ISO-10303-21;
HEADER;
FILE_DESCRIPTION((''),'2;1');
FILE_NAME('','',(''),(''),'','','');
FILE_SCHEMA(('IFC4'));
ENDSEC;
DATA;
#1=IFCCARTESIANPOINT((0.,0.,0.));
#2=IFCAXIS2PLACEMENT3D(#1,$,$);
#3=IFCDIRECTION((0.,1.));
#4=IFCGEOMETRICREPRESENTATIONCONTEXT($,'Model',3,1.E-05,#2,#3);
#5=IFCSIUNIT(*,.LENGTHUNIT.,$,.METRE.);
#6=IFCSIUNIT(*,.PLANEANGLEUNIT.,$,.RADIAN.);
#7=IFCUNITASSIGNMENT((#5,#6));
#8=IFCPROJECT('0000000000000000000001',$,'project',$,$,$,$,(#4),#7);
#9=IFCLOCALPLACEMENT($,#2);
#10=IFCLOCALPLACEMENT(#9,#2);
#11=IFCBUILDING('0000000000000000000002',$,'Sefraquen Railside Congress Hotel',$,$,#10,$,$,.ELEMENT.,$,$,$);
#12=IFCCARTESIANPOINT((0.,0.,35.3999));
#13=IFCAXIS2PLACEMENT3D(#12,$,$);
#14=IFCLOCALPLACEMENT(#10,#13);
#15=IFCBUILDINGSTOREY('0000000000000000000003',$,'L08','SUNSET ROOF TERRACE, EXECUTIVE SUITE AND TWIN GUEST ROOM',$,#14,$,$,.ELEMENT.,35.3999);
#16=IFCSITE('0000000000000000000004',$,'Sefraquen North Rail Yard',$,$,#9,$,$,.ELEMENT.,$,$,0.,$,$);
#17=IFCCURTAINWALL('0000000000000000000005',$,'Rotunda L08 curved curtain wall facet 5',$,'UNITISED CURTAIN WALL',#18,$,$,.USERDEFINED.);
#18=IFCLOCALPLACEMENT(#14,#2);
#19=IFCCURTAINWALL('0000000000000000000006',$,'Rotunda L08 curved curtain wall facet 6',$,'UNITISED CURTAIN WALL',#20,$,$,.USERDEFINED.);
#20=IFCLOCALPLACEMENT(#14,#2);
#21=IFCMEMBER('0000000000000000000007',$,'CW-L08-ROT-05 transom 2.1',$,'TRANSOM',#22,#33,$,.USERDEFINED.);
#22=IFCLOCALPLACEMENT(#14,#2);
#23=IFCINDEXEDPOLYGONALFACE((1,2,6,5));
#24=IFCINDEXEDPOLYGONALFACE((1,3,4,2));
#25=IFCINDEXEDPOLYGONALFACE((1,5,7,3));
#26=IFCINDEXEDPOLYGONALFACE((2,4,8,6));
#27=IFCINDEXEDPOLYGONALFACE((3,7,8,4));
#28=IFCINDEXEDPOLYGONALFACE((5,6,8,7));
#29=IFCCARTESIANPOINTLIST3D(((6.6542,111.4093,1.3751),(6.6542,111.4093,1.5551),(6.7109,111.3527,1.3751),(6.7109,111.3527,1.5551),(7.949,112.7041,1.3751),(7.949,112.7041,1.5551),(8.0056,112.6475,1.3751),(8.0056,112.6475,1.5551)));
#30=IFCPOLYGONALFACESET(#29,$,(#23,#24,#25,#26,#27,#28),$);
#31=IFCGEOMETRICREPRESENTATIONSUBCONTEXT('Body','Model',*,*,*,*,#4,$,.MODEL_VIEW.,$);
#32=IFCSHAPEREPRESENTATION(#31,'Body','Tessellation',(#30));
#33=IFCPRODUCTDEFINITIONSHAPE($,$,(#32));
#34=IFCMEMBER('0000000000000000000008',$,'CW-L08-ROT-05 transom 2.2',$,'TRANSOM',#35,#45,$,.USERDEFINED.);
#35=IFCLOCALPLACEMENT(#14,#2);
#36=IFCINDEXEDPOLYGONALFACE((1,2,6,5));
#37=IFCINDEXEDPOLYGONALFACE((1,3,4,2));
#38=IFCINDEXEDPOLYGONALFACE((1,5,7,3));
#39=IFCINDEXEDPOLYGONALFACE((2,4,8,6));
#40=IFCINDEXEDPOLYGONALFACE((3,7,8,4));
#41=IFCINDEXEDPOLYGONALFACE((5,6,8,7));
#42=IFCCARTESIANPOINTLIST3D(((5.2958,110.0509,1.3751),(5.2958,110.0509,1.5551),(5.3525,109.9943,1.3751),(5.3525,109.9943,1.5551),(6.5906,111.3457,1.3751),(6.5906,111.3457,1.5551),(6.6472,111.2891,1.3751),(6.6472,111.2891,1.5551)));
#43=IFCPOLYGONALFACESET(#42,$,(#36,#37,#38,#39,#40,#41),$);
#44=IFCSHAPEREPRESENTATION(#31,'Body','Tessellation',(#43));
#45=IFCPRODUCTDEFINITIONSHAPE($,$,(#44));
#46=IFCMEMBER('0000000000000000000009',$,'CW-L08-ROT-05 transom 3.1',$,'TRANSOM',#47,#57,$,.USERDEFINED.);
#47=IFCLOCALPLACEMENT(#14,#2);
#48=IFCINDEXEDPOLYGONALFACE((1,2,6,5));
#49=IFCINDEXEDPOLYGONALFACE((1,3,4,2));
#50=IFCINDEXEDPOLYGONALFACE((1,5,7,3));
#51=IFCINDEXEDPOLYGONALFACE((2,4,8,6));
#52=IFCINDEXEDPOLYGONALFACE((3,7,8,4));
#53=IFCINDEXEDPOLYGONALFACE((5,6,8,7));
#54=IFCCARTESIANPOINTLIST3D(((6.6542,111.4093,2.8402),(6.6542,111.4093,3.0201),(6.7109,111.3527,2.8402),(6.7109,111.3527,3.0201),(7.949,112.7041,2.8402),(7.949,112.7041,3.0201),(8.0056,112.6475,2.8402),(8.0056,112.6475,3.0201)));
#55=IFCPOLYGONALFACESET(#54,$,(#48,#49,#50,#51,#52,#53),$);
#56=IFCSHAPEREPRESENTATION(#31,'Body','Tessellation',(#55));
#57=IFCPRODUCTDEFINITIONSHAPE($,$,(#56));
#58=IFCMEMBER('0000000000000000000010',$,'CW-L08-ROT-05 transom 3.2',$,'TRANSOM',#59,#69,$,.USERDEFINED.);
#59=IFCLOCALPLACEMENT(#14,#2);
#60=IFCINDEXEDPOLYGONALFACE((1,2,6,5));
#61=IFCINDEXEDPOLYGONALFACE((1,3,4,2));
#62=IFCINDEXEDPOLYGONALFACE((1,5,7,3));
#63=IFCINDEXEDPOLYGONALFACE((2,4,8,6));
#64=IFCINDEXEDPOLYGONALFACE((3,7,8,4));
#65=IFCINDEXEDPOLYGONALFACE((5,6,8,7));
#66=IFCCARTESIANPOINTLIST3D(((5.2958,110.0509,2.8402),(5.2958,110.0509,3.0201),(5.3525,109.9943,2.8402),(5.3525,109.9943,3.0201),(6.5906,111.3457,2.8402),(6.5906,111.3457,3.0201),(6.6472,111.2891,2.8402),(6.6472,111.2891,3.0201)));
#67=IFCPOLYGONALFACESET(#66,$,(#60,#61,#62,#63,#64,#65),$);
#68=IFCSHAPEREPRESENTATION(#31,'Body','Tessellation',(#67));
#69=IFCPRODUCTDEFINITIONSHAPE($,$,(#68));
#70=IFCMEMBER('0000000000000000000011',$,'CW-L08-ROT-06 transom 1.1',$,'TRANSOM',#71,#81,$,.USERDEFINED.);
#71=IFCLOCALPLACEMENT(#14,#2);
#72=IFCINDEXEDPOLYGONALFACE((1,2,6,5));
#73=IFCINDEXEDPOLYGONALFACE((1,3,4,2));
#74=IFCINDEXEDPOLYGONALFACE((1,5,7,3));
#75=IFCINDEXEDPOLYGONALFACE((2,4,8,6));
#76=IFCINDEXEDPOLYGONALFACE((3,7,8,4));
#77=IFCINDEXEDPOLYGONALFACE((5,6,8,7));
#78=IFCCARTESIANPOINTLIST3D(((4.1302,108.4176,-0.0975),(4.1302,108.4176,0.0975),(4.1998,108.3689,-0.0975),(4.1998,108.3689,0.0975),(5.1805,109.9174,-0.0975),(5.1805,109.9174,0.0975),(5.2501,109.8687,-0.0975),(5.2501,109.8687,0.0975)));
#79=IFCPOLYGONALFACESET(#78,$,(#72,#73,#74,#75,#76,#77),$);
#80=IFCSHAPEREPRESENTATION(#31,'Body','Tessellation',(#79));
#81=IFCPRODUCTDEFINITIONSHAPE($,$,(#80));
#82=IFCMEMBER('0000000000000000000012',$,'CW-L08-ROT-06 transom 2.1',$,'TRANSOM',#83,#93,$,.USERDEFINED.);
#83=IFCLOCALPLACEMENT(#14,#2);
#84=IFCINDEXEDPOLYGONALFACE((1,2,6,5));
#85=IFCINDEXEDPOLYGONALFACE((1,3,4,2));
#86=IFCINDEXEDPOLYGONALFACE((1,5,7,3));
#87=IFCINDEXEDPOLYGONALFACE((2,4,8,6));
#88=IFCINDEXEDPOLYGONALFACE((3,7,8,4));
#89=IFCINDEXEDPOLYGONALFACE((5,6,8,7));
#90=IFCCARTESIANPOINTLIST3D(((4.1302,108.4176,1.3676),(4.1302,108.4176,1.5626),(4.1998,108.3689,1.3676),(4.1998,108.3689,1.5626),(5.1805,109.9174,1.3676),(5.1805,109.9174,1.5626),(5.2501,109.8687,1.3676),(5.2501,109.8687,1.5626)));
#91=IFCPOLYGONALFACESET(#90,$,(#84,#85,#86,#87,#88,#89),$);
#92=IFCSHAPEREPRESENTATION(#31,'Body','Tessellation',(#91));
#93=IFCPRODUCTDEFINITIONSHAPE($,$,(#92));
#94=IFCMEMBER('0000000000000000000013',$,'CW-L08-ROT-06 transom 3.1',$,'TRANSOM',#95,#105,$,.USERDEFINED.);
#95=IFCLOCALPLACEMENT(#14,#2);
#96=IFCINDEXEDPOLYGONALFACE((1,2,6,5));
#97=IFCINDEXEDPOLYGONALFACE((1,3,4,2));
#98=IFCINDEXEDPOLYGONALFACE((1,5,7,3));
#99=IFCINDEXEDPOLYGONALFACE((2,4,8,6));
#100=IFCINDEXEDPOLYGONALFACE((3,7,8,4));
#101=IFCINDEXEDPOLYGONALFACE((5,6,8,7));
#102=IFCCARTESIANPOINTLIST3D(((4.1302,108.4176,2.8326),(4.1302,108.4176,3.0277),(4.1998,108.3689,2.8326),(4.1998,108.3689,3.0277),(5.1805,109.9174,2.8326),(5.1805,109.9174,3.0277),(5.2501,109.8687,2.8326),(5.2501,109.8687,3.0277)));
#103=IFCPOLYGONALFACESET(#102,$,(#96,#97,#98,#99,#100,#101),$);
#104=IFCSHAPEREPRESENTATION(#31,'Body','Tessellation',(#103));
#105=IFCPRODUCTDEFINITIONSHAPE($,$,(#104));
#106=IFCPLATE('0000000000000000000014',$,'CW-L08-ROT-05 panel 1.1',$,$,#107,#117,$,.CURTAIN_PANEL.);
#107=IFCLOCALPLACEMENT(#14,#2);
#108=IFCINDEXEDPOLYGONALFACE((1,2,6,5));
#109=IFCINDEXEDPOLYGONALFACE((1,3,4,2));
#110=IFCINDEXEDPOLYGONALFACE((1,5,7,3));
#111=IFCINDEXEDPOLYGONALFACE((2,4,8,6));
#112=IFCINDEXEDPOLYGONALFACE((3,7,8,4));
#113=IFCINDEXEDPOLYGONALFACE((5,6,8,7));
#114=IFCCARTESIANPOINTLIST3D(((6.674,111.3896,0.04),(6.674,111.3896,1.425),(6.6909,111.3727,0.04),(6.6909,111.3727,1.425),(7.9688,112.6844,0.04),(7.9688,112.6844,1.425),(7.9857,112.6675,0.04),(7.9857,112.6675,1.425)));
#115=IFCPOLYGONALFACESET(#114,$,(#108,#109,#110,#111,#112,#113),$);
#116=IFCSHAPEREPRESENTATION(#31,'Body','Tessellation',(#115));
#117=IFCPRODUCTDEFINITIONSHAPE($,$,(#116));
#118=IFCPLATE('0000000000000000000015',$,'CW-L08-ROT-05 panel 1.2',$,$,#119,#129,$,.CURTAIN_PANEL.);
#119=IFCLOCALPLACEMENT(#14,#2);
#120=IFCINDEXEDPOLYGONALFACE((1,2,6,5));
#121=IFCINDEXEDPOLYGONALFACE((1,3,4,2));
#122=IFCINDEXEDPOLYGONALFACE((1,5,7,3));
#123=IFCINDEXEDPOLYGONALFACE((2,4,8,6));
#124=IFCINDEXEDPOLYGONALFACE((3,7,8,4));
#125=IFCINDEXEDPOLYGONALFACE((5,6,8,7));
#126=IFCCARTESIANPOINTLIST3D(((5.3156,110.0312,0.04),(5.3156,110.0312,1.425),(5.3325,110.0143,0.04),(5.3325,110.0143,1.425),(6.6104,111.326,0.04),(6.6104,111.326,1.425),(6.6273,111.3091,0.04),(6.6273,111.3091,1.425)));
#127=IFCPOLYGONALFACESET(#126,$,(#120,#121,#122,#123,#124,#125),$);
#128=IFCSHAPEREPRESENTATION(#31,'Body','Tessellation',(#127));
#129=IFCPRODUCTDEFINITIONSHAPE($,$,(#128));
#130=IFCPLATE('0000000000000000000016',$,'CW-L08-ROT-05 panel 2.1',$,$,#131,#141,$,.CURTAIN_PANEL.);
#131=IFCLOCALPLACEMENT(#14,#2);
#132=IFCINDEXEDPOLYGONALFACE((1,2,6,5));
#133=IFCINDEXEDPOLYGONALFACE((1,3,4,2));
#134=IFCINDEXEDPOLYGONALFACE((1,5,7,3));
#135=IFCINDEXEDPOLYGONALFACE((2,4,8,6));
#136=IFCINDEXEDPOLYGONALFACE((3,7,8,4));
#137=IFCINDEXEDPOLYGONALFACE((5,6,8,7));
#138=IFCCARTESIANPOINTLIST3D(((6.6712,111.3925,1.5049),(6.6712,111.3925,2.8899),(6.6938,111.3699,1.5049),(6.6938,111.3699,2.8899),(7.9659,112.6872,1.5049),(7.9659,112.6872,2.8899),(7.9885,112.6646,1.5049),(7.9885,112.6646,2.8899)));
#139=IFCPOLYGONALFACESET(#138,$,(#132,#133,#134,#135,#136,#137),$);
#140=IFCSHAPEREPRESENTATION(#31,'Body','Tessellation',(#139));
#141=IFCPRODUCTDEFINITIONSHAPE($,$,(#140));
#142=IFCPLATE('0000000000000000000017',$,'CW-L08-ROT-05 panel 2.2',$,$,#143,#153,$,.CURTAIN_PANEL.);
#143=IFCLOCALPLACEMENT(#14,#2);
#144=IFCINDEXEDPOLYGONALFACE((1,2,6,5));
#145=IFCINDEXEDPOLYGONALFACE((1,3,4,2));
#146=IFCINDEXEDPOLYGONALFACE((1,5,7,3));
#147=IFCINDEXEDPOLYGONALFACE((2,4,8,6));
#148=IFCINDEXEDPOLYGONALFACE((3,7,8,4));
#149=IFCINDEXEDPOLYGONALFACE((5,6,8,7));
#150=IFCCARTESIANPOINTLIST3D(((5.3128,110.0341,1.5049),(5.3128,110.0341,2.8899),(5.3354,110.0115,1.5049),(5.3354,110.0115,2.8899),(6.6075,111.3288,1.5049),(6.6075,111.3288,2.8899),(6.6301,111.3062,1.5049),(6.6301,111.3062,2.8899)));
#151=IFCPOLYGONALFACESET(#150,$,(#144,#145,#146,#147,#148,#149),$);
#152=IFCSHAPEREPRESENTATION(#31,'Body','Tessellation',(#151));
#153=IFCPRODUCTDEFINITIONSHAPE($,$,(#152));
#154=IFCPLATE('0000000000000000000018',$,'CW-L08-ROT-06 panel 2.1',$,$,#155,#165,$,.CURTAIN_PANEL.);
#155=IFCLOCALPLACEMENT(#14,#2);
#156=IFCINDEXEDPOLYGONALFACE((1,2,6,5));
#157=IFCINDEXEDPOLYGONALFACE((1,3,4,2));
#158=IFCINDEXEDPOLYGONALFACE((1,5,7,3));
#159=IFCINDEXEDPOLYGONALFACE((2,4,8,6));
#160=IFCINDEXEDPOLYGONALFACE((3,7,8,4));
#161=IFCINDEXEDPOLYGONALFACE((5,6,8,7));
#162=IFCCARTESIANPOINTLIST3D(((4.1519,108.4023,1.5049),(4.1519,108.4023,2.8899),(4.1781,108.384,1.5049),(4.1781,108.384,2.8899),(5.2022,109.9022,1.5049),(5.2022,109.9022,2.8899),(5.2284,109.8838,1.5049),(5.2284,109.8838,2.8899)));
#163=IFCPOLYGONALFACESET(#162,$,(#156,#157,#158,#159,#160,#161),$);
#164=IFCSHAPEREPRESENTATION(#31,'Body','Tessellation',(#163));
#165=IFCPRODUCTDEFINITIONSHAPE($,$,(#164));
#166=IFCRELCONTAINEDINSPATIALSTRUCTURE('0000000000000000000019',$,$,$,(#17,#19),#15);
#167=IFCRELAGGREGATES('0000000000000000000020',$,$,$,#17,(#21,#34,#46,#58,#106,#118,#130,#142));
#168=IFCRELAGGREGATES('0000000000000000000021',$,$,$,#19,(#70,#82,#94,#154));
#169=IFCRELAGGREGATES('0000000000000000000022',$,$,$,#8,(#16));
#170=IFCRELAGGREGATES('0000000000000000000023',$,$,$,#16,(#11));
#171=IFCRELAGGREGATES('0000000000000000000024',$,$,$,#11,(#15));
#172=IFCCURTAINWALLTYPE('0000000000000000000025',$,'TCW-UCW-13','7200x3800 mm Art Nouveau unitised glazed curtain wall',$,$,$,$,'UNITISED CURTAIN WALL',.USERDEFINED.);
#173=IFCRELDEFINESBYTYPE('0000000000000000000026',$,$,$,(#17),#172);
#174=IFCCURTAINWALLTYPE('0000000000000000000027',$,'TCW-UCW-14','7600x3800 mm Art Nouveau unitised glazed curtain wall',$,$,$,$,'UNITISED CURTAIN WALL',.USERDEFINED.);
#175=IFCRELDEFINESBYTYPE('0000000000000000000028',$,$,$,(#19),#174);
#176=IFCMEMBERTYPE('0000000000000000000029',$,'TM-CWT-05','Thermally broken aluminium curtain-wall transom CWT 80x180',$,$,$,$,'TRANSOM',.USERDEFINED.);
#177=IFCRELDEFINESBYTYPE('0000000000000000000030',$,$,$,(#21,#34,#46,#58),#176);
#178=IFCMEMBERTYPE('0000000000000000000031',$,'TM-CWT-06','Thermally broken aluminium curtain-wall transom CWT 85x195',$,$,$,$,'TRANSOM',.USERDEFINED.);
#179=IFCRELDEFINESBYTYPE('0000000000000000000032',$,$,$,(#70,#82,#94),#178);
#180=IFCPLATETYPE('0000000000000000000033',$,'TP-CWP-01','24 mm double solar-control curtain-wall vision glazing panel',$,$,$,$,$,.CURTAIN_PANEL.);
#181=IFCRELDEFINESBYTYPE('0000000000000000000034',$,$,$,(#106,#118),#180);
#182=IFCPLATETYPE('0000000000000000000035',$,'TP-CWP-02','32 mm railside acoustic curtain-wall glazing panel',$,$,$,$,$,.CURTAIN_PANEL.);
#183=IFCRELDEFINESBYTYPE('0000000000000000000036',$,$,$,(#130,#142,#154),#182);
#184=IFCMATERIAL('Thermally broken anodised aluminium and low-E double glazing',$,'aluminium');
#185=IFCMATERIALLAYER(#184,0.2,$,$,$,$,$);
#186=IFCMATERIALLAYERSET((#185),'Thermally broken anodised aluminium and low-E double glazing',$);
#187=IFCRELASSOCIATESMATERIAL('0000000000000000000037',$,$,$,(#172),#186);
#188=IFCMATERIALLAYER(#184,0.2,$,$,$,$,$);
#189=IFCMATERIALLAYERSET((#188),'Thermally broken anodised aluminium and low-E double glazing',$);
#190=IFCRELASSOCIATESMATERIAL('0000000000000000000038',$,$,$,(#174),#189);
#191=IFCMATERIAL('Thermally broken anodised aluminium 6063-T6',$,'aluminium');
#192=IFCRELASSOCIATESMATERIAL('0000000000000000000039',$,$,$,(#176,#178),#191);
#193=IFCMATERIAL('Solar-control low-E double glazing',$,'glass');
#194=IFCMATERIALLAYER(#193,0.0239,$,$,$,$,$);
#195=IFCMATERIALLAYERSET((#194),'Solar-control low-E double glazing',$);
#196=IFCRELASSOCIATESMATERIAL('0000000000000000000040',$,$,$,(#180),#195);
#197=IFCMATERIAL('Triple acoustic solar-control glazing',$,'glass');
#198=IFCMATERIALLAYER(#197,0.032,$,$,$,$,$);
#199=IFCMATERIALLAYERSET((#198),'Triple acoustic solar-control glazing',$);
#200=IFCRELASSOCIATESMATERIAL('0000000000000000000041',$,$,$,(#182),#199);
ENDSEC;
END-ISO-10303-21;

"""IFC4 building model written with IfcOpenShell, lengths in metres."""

from ifc_helpers import new_model, si_unit, direction, frame, origin, origin_2d, place, context, subcontext, project, spatial, rectangle, extrude, material, layer, layer_set, material_profile, profile_set, type_object, element, aggregate, save


model = new_model("IFC4")

# Units and contexts
model_context = context("Model", 3, precision=1e-05, world=origin(), true_north=direction((0.0, 1.0)))
body_context = subcontext(model_context, "Body", "Model", "MODEL_VIEW")
ifc_project = project(units=[si_unit("LENGTHUNIT", "METRE"), si_unit("PLANEANGLEUNIT", "RADIAN")], contexts=[model_context])

# Site, building, storey
site_placement = place(None, origin())
site = spatial("IfcSite", under=ifc_project, at=site_placement, Name="Sefraquen North Rail Yard", CompositionType="ELEMENT", RefElevation=0.0)
building_placement = place(site_placement, origin())
building = spatial("IfcBuilding", under=site, at=building_placement, Name="Sefraquen Railside Congress Hotel", CompositionType="ELEMENT")
storey_placement = place(building_placement, frame((0.0, 0.0, 35.3999)))
storey = spatial("IfcBuildingStorey", under=building, at=storey_placement, Name="L08", Description="SUNSET ROOF TERRACE, EXECUTIVE SUITE AND TWIN GUEST ROOM", CompositionType="ELEMENT", Elevation=35.3999)

# Curtain wall
ifc_material_1 = material(Name="Thermally broken anodised aluminium and low-E double glazing", Category="aluminium")
ifc_layer_1 = layer(ifc_material_1, 0.2)
ifc_layer_set_1 = layer_set([ifc_layer_1], Name="Thermally broken anodised aluminium and low-E double glazing")
curtain_wall_type_1 = type_object("IfcCurtainWallType", Name="TCW-UCW-13", Description="7200x3800 mm Art Nouveau unitised glazed curtain wall", ElementType="UNITISED CURTAIN WALL", PredefinedType="USERDEFINED", material=ifc_layer_set_1)
curtain_wall_1_placement = place(storey_placement, origin())
curtain_wall_1 = element("IfcCurtainWall", 1, at=curtain_wall_1_placement, inside=storey, type_object=curtain_wall_type_1, Name="Rotunda L08 curved curtain wall facet 5", ObjectType="UNITISED CURTAIN WALL", PredefinedType="USERDEFINED")
ifc_material_2 = material(Name="Thermally broken anodised aluminium 6063-T6", Category="aluminium")

# Curtain wall
ifc_layer_2 = layer(ifc_material_1, 0.2)
ifc_layer_set_2 = layer_set([ifc_layer_2], Name="Thermally broken anodised aluminium and low-E double glazing")
curtain_wall_type_2 = type_object("IfcCurtainWallType", Name="TCW-UCW-14", Description="7600x3800 mm Art Nouveau unitised glazed curtain wall", ElementType="UNITISED CURTAIN WALL", PredefinedType="USERDEFINED", material=ifc_layer_set_2)
curtain_wall_2_placement = place(storey_placement, origin())
curtain_wall_2 = element("IfcCurtainWall", 2, at=curtain_wall_2_placement, inside=storey, type_object=curtain_wall_type_2, Name="Rotunda L08 curved curtain wall facet 6", ObjectType="UNITISED CURTAIN WALL", PredefinedType="USERDEFINED")

# Members
ifc_material_profile_1 = material_profile(ifc_material_2, rectangle(XDim=0.0801, YDim=0.1799, at=origin_2d()), Name="CWT 80x180")
ifc_profile_set_1 = profile_set([ifc_material_profile_1], Name="Thermally broken anodised aluminium 6063-T6")
member_type_1 = type_object("IfcMemberType", Name="TM-CWT-05", Description="Thermally broken aluminium curtain-wall transom CWT 80x180", ElementType="TRANSOM", PredefinedType="USERDEFINED", material=ifc_profile_set_1)
member_1_placement = place(storey_placement, frame((7.9773, 112.6758, 1.4651), z_axis=(-0.707107, -0.707107, 0.0), x_axis=(0.707107, -0.707107, 0.0)))
member_1 = element("IfcMember", 3, at=member_1_placement, type_object=member_type_1, Name="CW-L08-ROT-05 transom 2.1", ObjectType="TRANSOM", PredefinedType="USERDEFINED", context=body_context, shape_type="SweptSolid", body=[
    extrude(rectangle(XDim=0.0801, YDim=0.1799, at=origin_2d()), origin(), (0.0, 0.0, 1.0), 1.8311),
])
member_2_placement = place(storey_placement, frame((6.6189, 111.3174, 1.4651), z_axis=(-0.707107, -0.707107, 0.0), x_axis=(0.707107, -0.707107, 0.0)))
member_2 = element("IfcMember", 4, at=member_2_placement, type_object=member_type_1, Name="CW-L08-ROT-05 transom 2.2", ObjectType="TRANSOM", PredefinedType="USERDEFINED", context=body_context, shape_type="SweptSolid", body=[
    extrude(rectangle(XDim=0.0801, YDim=0.1799, at=origin_2d()), origin(), (0.0, 0.0, 1.0), 1.8311),
])
member_3_placement = place(storey_placement, frame((7.9773, 112.6758, 2.9302), z_axis=(-0.707107, -0.707107, 0.0), x_axis=(0.707107, -0.707107, 0.0)))
member_3 = element("IfcMember", 5, at=member_3_placement, type_object=member_type_1, Name="CW-L08-ROT-05 transom 3.1", ObjectType="TRANSOM", PredefinedType="USERDEFINED", context=body_context, shape_type="SweptSolid", body=[
    extrude(rectangle(XDim=0.0801, YDim=0.1799, at=origin_2d()), origin(), (0.0, 0.0, 1.0), 1.8311),
])
member_4_placement = place(storey_placement, frame((6.6189, 111.3174, 2.9302), z_axis=(-0.707107, -0.707107, 0.0), x_axis=(0.707107, -0.707107, 0.0)))
member_4 = element("IfcMember", 6, at=member_4_placement, type_object=member_type_1, Name="CW-L08-ROT-05 transom 3.2", ObjectType="TRANSOM", PredefinedType="USERDEFINED", context=body_context, shape_type="SweptSolid", body=[
    extrude(rectangle(XDim=0.0801, YDim=0.1799, at=origin_2d()), origin(), (0.0, 0.0, 1.0), 1.8311),
])
ifc_material_profile_2 = material_profile(ifc_material_2, rectangle(XDim=0.085, YDim=0.1951, at=origin_2d()), Name="CWT 85x195")
ifc_profile_set_2 = profile_set([ifc_material_profile_2], Name="Thermally broken anodised aluminium 6063-T6")
member_type_2 = type_object("IfcMemberType", Name="TM-CWT-06", Description="Thermally broken aluminium curtain-wall transom CWT 85x195", ElementType="TRANSOM", PredefinedType="USERDEFINED", material=ifc_profile_set_2)
member_5_placement = place(storey_placement, frame((5.2153, 109.8931, 0.0), z_axis=(-0.573632, -0.819113, 0.0), x_axis=(0.819113, -0.573632, 0.0)))
member_5 = element("IfcMember", 7, at=member_5_placement, type_object=member_type_2, Name="CW-L08-ROT-06 transom 1.1", ObjectType="TRANSOM", PredefinedType="USERDEFINED", context=body_context, shape_type="SweptSolid", body=[
    extrude(rectangle(XDim=0.085, YDim=0.1951, at=origin_2d()), origin(), (0.0, 0.0, 1.0), 1.8311),
])
member_6_placement = place(storey_placement, frame((5.2153, 109.8931, 1.4651), z_axis=(-0.573632, -0.819113, 0.0), x_axis=(0.819113, -0.573632, 0.0)))
member_6 = element("IfcMember", 8, at=member_6_placement, type_object=member_type_2, Name="CW-L08-ROT-06 transom 2.1", ObjectType="TRANSOM", PredefinedType="USERDEFINED", context=body_context, shape_type="SweptSolid", body=[
    extrude(rectangle(XDim=0.085, YDim=0.1951, at=origin_2d()), origin(), (0.0, 0.0, 1.0), 1.8311),
])
member_7_placement = place(storey_placement, frame((5.2153, 109.8931, 2.9302), z_axis=(-0.573632, -0.819113, 0.0), x_axis=(0.819113, -0.573632, 0.0)))
member_7 = element("IfcMember", 9, at=member_7_placement, type_object=member_type_2, Name="CW-L08-ROT-06 transom 3.1", ObjectType="TRANSOM", PredefinedType="USERDEFINED", context=body_context, shape_type="SweptSolid", body=[
    extrude(rectangle(XDim=0.085, YDim=0.1951, at=origin_2d()), origin(), (0.0, 0.0, 1.0), 1.8311),
])

# Plates
ifc_material_3 = material(Name="Solar-control low-E double glazing", Category="glass")
ifc_layer_3 = layer(ifc_material_3, 0.0239)
ifc_layer_set_3 = layer_set([ifc_layer_3], Name="Solar-control low-E double glazing")
plate_type_1 = type_object("IfcPlateType", Name="TP-CWP-01", Description="24 mm double solar-control curtain-wall vision glazing panel", PredefinedType="CURTAIN_PANEL", material=ifc_layer_set_3)
plate_1_placement = place(storey_placement, frame((7.3298, 112.0286, 0.04), z_axis=(0.0, 0.0, 1.0), x_axis=(-0.707107, -0.707107, 0.0)))
plate_1 = element("IfcPlate", 10, at=plate_1_placement, type_object=plate_type_1, Name="CW-L08-ROT-05 panel 1.1", PredefinedType="CURTAIN_PANEL", context=body_context, shape_type="SweptSolid", body=[
    extrude(rectangle(XDim=1.8311, YDim=0.0239, at=origin_2d()), origin(), (0.0, 0.0, 1.0), 1.385),
])
plate_2_placement = place(storey_placement, frame((5.9714, 110.6702, 0.04), z_axis=(0.0, 0.0, 1.0), x_axis=(-0.707107, -0.707107, 0.0)))
plate_2 = element("IfcPlate", 11, at=plate_2_placement, type_object=plate_type_1, Name="CW-L08-ROT-05 panel 1.2", PredefinedType="CURTAIN_PANEL", context=body_context, shape_type="SweptSolid", body=[
    extrude(rectangle(XDim=1.8311, YDim=0.0239, at=origin_2d()), origin(), (0.0, 0.0, 1.0), 1.385),
])
ifc_material_4 = material(Name="Triple acoustic solar-control glazing", Category="glass")
ifc_layer_4 = layer(ifc_material_4, 0.032)
ifc_layer_set_4 = layer_set([ifc_layer_4], Name="Triple acoustic solar-control glazing")
plate_type_2 = type_object("IfcPlateType", Name="TP-CWP-02", Description="32 mm railside acoustic curtain-wall glazing panel", PredefinedType="CURTAIN_PANEL", material=ifc_layer_set_4)
plate_3_placement = place(storey_placement, frame((7.3298, 112.0286, 1.5049), z_axis=(0.0, 0.0, 1.0), x_axis=(-0.707107, -0.707107, 0.0)))
plate_3 = element("IfcPlate", 12, at=plate_3_placement, type_object=plate_type_2, Name="CW-L08-ROT-05 panel 2.1", PredefinedType="CURTAIN_PANEL", context=body_context, shape_type="SweptSolid", body=[
    extrude(rectangle(XDim=1.8311, YDim=0.032, at=origin_2d()), origin(), (0.0, 0.0, 1.0), 1.385),
])
plate_4_placement = place(storey_placement, frame((5.9714, 110.6702, 1.5049), z_axis=(0.0, 0.0, 1.0), x_axis=(-0.707107, -0.707107, 0.0)))
plate_4 = element("IfcPlate", 13, at=plate_4_placement, type_object=plate_type_2, Name="CW-L08-ROT-05 panel 2.2", PredefinedType="CURTAIN_PANEL", context=body_context, shape_type="SweptSolid", body=[
    extrude(rectangle(XDim=1.8311, YDim=0.032, at=origin_2d()), origin(), (0.0, 0.0, 1.0), 1.385),
])
aggregate(curtain_wall_1, [member_1, member_2, member_3, member_4, plate_1, plate_2, plate_3, plate_4])
plate_5_placement = place(storey_placement, frame((4.6902, 109.1431, 1.5049), z_axis=(0.0, 0.0, 1.0), x_axis=(-0.573605, -0.819132, 0.0)))
plate_5 = element("IfcPlate", 14, at=plate_5_placement, type_object=plate_type_2, Name="CW-L08-ROT-06 panel 2.1", PredefinedType="CURTAIN_PANEL", context=body_context, shape_type="SweptSolid", body=[
    extrude(rectangle(XDim=1.8311, YDim=0.032, at=origin_2d()), origin(), (0.0, 0.0, 1.0), 1.385),
])
aggregate(curtain_wall_2, [member_5, member_6, member_7, plate_5])

save(model, "model.ifc")
